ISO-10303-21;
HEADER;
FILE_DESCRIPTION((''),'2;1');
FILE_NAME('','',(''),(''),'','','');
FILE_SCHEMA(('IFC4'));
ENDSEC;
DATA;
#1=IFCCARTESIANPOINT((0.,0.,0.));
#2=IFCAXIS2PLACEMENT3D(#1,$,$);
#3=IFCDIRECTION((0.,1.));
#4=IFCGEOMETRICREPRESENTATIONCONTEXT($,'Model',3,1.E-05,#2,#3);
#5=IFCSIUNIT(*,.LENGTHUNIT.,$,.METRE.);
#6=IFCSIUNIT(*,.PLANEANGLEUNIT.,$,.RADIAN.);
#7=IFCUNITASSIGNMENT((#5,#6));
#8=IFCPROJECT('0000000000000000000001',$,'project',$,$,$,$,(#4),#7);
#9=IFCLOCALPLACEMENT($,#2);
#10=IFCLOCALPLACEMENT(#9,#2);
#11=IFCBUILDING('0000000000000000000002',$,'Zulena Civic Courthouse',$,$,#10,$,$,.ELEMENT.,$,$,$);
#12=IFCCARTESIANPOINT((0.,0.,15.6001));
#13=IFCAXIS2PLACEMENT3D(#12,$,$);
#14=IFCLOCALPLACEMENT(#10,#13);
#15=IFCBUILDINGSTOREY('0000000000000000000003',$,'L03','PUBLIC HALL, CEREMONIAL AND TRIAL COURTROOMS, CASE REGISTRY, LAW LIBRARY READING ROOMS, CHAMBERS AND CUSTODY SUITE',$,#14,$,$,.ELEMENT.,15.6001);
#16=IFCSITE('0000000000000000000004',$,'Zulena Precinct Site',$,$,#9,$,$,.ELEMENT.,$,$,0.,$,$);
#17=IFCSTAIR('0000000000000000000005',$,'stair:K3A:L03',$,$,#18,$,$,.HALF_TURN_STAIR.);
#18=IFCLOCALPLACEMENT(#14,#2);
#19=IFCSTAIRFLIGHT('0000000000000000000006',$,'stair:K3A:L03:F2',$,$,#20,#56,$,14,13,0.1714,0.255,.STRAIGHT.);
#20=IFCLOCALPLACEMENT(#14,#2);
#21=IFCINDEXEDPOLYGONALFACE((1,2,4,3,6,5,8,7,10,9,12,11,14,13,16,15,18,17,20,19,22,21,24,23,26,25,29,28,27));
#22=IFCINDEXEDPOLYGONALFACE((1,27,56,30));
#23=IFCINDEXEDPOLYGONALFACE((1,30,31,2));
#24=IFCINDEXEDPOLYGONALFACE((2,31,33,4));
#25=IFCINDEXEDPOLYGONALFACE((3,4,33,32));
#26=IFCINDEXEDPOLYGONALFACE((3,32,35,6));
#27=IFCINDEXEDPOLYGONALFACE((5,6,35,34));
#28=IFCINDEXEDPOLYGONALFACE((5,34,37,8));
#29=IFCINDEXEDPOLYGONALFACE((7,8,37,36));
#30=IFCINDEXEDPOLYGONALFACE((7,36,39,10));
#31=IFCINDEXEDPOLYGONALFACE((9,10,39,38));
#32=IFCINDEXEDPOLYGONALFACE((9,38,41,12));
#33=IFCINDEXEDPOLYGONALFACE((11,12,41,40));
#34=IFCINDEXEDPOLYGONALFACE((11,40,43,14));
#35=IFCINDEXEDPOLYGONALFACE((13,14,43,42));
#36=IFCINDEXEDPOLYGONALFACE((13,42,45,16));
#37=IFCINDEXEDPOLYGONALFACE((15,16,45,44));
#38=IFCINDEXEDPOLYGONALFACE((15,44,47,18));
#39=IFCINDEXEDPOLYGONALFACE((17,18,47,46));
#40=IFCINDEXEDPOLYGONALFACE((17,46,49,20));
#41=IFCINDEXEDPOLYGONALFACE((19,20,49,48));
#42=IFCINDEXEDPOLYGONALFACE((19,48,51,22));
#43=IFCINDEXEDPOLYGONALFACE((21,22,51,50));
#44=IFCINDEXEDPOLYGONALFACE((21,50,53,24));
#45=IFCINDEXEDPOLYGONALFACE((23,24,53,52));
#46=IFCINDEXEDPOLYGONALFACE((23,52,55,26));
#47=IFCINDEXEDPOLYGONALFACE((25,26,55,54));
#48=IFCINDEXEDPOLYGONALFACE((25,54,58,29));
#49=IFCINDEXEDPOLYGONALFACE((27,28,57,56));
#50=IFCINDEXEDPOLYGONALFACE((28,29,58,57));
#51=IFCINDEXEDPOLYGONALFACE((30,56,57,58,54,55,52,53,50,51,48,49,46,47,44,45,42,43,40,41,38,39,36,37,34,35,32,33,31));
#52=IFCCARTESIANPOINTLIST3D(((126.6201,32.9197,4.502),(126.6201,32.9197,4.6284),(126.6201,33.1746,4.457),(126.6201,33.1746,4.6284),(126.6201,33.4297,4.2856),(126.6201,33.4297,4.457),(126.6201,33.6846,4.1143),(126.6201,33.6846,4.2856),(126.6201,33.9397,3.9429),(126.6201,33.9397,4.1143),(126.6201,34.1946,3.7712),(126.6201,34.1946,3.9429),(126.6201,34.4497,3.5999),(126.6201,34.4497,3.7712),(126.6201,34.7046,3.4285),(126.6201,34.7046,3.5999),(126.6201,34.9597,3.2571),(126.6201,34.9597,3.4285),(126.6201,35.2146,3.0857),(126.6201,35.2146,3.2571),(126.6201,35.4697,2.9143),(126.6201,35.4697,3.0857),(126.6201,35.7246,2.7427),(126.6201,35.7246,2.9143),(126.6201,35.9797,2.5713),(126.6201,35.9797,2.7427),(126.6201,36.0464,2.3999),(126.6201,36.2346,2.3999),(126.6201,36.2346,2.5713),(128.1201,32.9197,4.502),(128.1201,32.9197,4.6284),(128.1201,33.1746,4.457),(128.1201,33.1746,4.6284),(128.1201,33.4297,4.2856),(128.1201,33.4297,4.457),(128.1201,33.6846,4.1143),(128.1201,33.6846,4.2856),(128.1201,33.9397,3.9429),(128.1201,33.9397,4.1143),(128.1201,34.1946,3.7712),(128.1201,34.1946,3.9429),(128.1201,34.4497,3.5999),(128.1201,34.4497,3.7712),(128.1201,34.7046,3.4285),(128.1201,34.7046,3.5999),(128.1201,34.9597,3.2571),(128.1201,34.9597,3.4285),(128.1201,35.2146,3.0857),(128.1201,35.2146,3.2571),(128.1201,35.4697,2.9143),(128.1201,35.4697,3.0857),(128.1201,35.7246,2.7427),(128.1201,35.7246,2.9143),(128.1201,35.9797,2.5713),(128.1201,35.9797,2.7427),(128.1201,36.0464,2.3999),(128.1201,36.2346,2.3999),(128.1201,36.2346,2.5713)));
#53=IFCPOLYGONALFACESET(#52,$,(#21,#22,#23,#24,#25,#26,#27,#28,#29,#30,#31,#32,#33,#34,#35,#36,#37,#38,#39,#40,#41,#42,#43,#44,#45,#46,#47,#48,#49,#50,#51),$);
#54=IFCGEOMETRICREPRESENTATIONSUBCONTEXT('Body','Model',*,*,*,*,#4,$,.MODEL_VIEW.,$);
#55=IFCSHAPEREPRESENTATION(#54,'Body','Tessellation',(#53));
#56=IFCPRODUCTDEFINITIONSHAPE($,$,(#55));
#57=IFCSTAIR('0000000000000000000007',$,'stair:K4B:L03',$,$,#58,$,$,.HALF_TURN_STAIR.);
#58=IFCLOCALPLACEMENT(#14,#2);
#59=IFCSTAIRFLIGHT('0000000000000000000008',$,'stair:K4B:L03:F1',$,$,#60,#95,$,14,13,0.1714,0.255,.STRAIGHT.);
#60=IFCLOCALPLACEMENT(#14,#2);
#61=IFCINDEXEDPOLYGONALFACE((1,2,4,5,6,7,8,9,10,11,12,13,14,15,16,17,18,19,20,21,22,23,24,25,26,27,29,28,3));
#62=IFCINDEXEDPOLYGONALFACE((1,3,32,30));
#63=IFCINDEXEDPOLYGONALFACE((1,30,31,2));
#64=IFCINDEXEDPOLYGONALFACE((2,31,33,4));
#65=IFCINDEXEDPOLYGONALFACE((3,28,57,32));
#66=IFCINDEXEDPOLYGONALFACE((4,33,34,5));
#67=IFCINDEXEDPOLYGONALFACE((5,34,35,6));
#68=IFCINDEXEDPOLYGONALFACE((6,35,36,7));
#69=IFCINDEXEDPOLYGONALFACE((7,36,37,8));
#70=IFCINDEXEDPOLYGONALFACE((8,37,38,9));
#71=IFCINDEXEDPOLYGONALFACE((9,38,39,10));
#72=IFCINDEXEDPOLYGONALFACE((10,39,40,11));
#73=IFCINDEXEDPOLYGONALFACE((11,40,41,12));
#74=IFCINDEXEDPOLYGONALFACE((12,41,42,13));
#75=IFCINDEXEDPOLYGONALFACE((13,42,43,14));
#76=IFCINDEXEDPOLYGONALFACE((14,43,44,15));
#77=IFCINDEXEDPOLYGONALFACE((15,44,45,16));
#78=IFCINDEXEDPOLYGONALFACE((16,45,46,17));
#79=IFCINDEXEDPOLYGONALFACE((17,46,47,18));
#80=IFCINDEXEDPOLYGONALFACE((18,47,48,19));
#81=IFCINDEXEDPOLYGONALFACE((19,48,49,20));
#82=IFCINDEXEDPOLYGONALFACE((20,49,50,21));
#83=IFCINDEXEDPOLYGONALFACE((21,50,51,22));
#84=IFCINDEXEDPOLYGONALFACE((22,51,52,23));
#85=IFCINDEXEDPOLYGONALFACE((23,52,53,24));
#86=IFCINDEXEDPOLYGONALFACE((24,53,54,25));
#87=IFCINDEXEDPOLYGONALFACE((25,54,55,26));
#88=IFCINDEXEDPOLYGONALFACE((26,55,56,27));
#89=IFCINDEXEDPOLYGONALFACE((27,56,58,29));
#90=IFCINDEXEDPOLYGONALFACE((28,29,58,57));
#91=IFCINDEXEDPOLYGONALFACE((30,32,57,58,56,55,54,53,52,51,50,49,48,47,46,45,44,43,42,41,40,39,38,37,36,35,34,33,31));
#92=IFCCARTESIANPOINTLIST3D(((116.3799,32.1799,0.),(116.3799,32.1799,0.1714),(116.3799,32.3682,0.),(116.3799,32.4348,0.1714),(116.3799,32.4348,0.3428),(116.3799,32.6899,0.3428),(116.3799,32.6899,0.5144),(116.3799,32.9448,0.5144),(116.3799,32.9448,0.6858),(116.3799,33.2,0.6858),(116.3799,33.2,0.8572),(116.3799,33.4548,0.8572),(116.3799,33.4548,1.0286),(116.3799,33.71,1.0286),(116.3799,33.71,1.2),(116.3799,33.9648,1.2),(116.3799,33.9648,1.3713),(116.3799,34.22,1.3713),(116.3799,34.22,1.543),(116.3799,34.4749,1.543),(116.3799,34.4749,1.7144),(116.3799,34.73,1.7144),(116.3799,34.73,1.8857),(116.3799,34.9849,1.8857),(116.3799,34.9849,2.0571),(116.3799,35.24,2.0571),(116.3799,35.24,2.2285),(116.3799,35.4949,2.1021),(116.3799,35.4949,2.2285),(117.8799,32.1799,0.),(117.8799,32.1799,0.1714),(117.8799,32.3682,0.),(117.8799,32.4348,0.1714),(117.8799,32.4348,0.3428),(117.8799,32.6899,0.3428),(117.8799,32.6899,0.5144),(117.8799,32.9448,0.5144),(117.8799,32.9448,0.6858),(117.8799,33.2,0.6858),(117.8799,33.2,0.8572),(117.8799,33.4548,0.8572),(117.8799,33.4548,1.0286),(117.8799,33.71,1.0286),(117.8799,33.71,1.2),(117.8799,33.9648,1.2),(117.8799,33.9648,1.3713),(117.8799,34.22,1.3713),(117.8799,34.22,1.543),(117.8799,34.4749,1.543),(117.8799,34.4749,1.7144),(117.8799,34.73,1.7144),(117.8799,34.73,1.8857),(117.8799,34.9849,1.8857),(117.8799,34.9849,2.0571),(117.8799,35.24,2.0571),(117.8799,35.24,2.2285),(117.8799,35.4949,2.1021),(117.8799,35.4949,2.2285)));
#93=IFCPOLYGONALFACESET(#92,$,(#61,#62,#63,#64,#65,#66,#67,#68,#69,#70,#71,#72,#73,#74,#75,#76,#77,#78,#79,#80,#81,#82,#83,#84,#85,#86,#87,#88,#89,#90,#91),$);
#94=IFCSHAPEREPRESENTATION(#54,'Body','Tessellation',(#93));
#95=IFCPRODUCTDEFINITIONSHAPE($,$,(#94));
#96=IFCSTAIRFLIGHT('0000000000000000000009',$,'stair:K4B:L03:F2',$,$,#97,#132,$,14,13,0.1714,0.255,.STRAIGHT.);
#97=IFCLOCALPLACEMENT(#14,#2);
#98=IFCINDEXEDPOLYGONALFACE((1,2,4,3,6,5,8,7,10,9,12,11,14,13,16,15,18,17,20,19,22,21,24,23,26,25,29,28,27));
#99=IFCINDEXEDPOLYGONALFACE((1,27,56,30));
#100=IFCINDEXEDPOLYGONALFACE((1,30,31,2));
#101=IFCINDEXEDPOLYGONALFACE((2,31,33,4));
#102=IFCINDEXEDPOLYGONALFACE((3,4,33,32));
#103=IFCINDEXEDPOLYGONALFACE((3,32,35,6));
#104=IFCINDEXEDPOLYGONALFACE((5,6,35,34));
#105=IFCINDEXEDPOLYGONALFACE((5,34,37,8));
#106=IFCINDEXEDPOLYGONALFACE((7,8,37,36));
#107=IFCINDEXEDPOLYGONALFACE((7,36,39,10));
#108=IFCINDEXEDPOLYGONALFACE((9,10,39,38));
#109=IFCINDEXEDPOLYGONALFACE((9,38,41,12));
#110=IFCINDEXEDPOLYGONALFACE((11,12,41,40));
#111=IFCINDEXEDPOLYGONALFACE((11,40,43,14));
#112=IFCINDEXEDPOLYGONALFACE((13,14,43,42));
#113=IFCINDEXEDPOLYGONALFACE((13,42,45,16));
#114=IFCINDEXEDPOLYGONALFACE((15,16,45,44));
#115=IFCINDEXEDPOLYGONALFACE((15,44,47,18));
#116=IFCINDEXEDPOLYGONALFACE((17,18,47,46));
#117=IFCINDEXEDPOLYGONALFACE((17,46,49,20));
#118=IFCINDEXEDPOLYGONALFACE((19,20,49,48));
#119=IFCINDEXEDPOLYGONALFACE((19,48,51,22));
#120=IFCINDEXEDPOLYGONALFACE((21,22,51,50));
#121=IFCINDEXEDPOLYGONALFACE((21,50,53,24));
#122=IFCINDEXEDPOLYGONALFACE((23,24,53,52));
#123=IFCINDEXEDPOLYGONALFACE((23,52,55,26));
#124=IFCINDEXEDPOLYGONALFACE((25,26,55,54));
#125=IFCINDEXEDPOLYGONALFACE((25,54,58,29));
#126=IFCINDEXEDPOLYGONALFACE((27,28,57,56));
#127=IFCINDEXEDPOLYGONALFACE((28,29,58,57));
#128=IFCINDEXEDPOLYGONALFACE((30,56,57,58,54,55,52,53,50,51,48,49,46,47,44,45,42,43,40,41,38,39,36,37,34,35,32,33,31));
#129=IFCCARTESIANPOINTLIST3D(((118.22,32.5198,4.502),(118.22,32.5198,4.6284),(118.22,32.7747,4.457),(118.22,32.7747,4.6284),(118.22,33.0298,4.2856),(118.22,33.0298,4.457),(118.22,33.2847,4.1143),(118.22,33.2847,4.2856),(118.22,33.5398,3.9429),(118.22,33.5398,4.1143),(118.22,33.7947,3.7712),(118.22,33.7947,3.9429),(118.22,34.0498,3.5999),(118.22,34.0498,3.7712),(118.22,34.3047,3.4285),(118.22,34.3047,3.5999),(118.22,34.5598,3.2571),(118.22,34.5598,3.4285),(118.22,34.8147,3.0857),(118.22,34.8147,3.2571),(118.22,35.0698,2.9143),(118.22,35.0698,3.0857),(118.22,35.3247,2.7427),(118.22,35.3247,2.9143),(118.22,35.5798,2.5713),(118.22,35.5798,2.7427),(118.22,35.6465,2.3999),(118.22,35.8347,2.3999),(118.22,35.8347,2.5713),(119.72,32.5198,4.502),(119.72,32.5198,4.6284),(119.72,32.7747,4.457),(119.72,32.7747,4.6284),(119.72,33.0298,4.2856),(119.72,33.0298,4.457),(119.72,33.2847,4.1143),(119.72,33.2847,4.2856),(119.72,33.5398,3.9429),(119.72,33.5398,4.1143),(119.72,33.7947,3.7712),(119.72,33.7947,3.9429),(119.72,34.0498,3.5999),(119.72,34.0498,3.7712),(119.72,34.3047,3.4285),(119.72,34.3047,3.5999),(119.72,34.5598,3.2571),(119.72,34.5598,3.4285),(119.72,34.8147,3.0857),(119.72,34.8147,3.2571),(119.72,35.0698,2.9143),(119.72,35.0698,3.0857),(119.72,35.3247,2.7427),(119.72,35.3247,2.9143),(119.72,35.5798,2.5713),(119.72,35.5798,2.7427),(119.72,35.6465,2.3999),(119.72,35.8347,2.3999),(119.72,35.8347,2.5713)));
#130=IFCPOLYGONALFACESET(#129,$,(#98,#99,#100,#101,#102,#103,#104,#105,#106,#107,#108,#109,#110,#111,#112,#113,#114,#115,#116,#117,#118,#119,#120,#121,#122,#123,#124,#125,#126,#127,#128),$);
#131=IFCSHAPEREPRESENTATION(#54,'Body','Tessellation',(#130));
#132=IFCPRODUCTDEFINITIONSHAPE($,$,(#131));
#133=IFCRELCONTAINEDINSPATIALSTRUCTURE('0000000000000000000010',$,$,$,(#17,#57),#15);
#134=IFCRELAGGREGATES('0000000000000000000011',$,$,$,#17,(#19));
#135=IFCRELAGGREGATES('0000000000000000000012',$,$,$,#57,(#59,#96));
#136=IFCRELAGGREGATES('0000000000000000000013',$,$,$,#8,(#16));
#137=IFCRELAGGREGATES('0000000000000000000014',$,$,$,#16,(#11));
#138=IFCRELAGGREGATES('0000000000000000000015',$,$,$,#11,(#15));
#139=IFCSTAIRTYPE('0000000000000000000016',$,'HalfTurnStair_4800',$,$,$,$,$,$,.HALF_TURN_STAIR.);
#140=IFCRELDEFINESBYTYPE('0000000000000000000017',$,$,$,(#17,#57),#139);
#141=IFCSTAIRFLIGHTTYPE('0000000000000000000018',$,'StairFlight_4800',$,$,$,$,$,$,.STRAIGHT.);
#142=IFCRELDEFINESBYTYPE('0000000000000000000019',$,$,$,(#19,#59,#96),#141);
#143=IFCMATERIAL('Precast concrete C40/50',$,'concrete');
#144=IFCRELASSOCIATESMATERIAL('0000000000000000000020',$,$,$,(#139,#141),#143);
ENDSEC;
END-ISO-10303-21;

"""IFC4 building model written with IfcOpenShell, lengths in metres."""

from ifc_helpers import new_model, si_unit, direction, frame, origin, place, context, subcontext, project, spatial, polyline, outline, extrude, material, type_object, element, aggregate, save


model = new_model("IFC4")

# Units and contexts
model_context = context("Model", 3, precision=1e-05, world=origin(), true_north=direction((0.0, 1.0)))
body_context = subcontext(model_context, "Body", "Model", "MODEL_VIEW")
ifc_project = project(units=[si_unit("LENGTHUNIT", "METRE"), si_unit("PLANEANGLEUNIT", "RADIAN")], contexts=[model_context])

# Site, building, storey
site_placement = place(None, origin())
site = spatial("IfcSite", under=ifc_project, at=site_placement, Name="Zulena Precinct Site", CompositionType="ELEMENT", RefElevation=0.0)
building_placement = place(site_placement, origin())
building = spatial("IfcBuilding", under=site, at=building_placement, Name="Zulena Civic Courthouse", CompositionType="ELEMENT")
storey_placement = place(building_placement, frame((0.0, 0.0, 15.6001)))
storey = spatial("IfcBuildingStorey", under=building, at=storey_placement, Name="L03", Description="PUBLIC HALL, CEREMONIAL AND TRIAL COURTROOMS, CASE REGISTRY, LAW LIBRARY READING ROOMS, CHAMBERS AND CUSTODY SUITE", CompositionType="ELEMENT", Elevation=15.6001)

# Stairs, stair flights
ifc_material_1 = material(Name="Precast concrete C40/50", Category="concrete")
stair_type = type_object("IfcStairType", Name="HalfTurnStair_4800", PredefinedType="HALF_TURN_STAIR", material=ifc_material_1)
stair_1_placement = place(storey_placement, origin())
stair_1 = element("IfcStair", 1, at=stair_1_placement, inside=storey, type_object=stair_type, Name="stair:K3A:L03", PredefinedType="HALF_TURN_STAIR")
stair_flight_type = type_object("IfcStairFlightType", Name="StairFlight_4800", PredefinedType="STRAIGHT", material=ifc_material_1)
stair_flight_1_placement = place(storey_placement, frame((127.3701, 36.2346, 2.3999), z_axis=(0.0, 0.0, 1.0), x_axis=(0.0, -1.0, 0.0)))
stair_flight_1 = element("IfcStairFlight", 2, at=stair_flight_1_placement, type_object=stair_flight_type, Name="stair:K3A:L03:F2", NumberOfRisers=14, NumberOfTreads=13, PredefinedType="STRAIGHT", RiserHeight=0.1714, TreadLength=0.255, context=body_context, shape_type="SweptSolid", body=[
    extrude(outline(polyline([(0.0, 0.0), (0.0, 0.1714), (0.2549, 0.1714), (0.2549, 0.3428), (0.51, 0.3428), (0.51, 0.5144), (0.7649, 0.5144), (0.7649, 0.6858), (1.02, 0.6858), (1.02, 0.8572), (1.2749, 0.8572), (1.2749, 1.0286), (1.53, 1.0286), (1.53, 1.2), (1.7849, 1.2), (1.7849, 1.3713), (2.04, 1.3713), (2.04, 1.543), (2.2949, 1.543), (2.2949, 1.7144), (2.55, 1.7144), (2.55, 1.8857), (2.8049, 1.8857), (2.8049, 2.0571), (3.0601, 2.0571), (3.0601, 2.2285), (3.3149, 2.2285), (3.3149, 2.3999), (3.3149, 2.1021), (0.1882, 0.0), (0.0, 0.0)])), frame((0.0, 0.75, 0.0), z_axis=(0.0, -1.0, 0.0), x_axis=(1.0, 0.0, 0.0)), (0.0, 0.0, 1.0), 1.5),
])
aggregate(stair_1, [stair_flight_1])
stair_2_placement = place(storey_placement, origin())
stair_2 = element("IfcStair", 3, at=stair_2_placement, inside=storey, type_object=stair_type, Name="stair:K4B:L03", PredefinedType="HALF_TURN_STAIR")
stair_flight_2_placement = place(storey_placement, frame((117.1299, 32.1799, 0.0), z_axis=(0.0, 0.0, 1.0), x_axis=(0.0, 1.0, 0.0)))
stair_flight_2 = element("IfcStairFlight", 4, at=stair_flight_2_placement, type_object=stair_flight_type, Name="stair:K4B:L03:F1", NumberOfRisers=14, NumberOfTreads=13, PredefinedType="STRAIGHT", RiserHeight=0.1714, TreadLength=0.255, context=body_context, shape_type="SweptSolid", body=[
    extrude(outline(polyline([(0.0, 0.0), (0.0, 0.1714), (0.2549, 0.1714), (0.2549, 0.3428), (0.51, 0.3428), (0.51, 0.5144), (0.7649, 0.5144), (0.7649, 0.6858), (1.02, 0.6858), (1.02, 0.8572), (1.2749, 0.8572), (1.2749, 1.0286), (1.53, 1.0286), (1.53, 1.2), (1.7849, 1.2), (1.7849, 1.3713), (2.04, 1.3713), (2.04, 1.543), (2.2949, 1.543), (2.2949, 1.7144), (2.55, 1.7144), (2.55, 1.8857), (2.8049, 1.8857), (2.8049, 2.0571), (3.0601, 2.0571), (3.0601, 2.2285), (3.3149, 2.2285), (3.3149, 2.3999), (3.3149, 2.1021), (0.1882, 0.0), (0.0, 0.0)])), frame((0.0, 0.75, 0.0), z_axis=(0.0, -1.0, 0.0), x_axis=(1.0, 0.0, 0.0)), (0.0, 0.0, 1.0), 1.5),
])
stair_flight_3_placement = place(storey_placement, frame((118.97, 35.8347, 2.3999), z_axis=(0.0, 0.0, 1.0), x_axis=(0.0, -1.0, 0.0)))
stair_flight_3 = element("IfcStairFlight", 5, at=stair_flight_3_placement, type_object=stair_flight_type, Name="stair:K4B:L03:F2", NumberOfRisers=14, NumberOfTreads=13, PredefinedType="STRAIGHT", RiserHeight=0.1714, TreadLength=0.255, context=body_context, shape_type="SweptSolid", body=[
    extrude(outline(polyline([(0.0, 0.0), (0.0, 0.1714), (0.2549, 0.1714), (0.2549, 0.3428), (0.51, 0.3428), (0.51, 0.5144), (0.7649, 0.5144), (0.7649, 0.6858), (1.02, 0.6858), (1.02, 0.8572), (1.2749, 0.8572), (1.2749, 1.0286), (1.53, 1.0286), (1.53, 1.2), (1.7849, 1.2), (1.7849, 1.3713), (2.04, 1.3713), (2.04, 1.543), (2.2949, 1.543), (2.2949, 1.7144), (2.55, 1.7144), (2.55, 1.8857), (2.8049, 1.8857), (2.8049, 2.0571), (3.0601, 2.0571), (3.0601, 2.2285), (3.3149, 2.2285), (3.3149, 2.3999), (3.3149, 2.1021), (0.1882, 0.0), (0.0, 0.0)])), frame((0.0, 0.75, 0.0), z_axis=(0.0, -1.0, 0.0), x_axis=(1.0, 0.0, 0.0)), (0.0, 0.0, 1.0), 1.5),
])
aggregate(stair_2, [stair_flight_2, stair_flight_3])

save(model, "model.ifc")
